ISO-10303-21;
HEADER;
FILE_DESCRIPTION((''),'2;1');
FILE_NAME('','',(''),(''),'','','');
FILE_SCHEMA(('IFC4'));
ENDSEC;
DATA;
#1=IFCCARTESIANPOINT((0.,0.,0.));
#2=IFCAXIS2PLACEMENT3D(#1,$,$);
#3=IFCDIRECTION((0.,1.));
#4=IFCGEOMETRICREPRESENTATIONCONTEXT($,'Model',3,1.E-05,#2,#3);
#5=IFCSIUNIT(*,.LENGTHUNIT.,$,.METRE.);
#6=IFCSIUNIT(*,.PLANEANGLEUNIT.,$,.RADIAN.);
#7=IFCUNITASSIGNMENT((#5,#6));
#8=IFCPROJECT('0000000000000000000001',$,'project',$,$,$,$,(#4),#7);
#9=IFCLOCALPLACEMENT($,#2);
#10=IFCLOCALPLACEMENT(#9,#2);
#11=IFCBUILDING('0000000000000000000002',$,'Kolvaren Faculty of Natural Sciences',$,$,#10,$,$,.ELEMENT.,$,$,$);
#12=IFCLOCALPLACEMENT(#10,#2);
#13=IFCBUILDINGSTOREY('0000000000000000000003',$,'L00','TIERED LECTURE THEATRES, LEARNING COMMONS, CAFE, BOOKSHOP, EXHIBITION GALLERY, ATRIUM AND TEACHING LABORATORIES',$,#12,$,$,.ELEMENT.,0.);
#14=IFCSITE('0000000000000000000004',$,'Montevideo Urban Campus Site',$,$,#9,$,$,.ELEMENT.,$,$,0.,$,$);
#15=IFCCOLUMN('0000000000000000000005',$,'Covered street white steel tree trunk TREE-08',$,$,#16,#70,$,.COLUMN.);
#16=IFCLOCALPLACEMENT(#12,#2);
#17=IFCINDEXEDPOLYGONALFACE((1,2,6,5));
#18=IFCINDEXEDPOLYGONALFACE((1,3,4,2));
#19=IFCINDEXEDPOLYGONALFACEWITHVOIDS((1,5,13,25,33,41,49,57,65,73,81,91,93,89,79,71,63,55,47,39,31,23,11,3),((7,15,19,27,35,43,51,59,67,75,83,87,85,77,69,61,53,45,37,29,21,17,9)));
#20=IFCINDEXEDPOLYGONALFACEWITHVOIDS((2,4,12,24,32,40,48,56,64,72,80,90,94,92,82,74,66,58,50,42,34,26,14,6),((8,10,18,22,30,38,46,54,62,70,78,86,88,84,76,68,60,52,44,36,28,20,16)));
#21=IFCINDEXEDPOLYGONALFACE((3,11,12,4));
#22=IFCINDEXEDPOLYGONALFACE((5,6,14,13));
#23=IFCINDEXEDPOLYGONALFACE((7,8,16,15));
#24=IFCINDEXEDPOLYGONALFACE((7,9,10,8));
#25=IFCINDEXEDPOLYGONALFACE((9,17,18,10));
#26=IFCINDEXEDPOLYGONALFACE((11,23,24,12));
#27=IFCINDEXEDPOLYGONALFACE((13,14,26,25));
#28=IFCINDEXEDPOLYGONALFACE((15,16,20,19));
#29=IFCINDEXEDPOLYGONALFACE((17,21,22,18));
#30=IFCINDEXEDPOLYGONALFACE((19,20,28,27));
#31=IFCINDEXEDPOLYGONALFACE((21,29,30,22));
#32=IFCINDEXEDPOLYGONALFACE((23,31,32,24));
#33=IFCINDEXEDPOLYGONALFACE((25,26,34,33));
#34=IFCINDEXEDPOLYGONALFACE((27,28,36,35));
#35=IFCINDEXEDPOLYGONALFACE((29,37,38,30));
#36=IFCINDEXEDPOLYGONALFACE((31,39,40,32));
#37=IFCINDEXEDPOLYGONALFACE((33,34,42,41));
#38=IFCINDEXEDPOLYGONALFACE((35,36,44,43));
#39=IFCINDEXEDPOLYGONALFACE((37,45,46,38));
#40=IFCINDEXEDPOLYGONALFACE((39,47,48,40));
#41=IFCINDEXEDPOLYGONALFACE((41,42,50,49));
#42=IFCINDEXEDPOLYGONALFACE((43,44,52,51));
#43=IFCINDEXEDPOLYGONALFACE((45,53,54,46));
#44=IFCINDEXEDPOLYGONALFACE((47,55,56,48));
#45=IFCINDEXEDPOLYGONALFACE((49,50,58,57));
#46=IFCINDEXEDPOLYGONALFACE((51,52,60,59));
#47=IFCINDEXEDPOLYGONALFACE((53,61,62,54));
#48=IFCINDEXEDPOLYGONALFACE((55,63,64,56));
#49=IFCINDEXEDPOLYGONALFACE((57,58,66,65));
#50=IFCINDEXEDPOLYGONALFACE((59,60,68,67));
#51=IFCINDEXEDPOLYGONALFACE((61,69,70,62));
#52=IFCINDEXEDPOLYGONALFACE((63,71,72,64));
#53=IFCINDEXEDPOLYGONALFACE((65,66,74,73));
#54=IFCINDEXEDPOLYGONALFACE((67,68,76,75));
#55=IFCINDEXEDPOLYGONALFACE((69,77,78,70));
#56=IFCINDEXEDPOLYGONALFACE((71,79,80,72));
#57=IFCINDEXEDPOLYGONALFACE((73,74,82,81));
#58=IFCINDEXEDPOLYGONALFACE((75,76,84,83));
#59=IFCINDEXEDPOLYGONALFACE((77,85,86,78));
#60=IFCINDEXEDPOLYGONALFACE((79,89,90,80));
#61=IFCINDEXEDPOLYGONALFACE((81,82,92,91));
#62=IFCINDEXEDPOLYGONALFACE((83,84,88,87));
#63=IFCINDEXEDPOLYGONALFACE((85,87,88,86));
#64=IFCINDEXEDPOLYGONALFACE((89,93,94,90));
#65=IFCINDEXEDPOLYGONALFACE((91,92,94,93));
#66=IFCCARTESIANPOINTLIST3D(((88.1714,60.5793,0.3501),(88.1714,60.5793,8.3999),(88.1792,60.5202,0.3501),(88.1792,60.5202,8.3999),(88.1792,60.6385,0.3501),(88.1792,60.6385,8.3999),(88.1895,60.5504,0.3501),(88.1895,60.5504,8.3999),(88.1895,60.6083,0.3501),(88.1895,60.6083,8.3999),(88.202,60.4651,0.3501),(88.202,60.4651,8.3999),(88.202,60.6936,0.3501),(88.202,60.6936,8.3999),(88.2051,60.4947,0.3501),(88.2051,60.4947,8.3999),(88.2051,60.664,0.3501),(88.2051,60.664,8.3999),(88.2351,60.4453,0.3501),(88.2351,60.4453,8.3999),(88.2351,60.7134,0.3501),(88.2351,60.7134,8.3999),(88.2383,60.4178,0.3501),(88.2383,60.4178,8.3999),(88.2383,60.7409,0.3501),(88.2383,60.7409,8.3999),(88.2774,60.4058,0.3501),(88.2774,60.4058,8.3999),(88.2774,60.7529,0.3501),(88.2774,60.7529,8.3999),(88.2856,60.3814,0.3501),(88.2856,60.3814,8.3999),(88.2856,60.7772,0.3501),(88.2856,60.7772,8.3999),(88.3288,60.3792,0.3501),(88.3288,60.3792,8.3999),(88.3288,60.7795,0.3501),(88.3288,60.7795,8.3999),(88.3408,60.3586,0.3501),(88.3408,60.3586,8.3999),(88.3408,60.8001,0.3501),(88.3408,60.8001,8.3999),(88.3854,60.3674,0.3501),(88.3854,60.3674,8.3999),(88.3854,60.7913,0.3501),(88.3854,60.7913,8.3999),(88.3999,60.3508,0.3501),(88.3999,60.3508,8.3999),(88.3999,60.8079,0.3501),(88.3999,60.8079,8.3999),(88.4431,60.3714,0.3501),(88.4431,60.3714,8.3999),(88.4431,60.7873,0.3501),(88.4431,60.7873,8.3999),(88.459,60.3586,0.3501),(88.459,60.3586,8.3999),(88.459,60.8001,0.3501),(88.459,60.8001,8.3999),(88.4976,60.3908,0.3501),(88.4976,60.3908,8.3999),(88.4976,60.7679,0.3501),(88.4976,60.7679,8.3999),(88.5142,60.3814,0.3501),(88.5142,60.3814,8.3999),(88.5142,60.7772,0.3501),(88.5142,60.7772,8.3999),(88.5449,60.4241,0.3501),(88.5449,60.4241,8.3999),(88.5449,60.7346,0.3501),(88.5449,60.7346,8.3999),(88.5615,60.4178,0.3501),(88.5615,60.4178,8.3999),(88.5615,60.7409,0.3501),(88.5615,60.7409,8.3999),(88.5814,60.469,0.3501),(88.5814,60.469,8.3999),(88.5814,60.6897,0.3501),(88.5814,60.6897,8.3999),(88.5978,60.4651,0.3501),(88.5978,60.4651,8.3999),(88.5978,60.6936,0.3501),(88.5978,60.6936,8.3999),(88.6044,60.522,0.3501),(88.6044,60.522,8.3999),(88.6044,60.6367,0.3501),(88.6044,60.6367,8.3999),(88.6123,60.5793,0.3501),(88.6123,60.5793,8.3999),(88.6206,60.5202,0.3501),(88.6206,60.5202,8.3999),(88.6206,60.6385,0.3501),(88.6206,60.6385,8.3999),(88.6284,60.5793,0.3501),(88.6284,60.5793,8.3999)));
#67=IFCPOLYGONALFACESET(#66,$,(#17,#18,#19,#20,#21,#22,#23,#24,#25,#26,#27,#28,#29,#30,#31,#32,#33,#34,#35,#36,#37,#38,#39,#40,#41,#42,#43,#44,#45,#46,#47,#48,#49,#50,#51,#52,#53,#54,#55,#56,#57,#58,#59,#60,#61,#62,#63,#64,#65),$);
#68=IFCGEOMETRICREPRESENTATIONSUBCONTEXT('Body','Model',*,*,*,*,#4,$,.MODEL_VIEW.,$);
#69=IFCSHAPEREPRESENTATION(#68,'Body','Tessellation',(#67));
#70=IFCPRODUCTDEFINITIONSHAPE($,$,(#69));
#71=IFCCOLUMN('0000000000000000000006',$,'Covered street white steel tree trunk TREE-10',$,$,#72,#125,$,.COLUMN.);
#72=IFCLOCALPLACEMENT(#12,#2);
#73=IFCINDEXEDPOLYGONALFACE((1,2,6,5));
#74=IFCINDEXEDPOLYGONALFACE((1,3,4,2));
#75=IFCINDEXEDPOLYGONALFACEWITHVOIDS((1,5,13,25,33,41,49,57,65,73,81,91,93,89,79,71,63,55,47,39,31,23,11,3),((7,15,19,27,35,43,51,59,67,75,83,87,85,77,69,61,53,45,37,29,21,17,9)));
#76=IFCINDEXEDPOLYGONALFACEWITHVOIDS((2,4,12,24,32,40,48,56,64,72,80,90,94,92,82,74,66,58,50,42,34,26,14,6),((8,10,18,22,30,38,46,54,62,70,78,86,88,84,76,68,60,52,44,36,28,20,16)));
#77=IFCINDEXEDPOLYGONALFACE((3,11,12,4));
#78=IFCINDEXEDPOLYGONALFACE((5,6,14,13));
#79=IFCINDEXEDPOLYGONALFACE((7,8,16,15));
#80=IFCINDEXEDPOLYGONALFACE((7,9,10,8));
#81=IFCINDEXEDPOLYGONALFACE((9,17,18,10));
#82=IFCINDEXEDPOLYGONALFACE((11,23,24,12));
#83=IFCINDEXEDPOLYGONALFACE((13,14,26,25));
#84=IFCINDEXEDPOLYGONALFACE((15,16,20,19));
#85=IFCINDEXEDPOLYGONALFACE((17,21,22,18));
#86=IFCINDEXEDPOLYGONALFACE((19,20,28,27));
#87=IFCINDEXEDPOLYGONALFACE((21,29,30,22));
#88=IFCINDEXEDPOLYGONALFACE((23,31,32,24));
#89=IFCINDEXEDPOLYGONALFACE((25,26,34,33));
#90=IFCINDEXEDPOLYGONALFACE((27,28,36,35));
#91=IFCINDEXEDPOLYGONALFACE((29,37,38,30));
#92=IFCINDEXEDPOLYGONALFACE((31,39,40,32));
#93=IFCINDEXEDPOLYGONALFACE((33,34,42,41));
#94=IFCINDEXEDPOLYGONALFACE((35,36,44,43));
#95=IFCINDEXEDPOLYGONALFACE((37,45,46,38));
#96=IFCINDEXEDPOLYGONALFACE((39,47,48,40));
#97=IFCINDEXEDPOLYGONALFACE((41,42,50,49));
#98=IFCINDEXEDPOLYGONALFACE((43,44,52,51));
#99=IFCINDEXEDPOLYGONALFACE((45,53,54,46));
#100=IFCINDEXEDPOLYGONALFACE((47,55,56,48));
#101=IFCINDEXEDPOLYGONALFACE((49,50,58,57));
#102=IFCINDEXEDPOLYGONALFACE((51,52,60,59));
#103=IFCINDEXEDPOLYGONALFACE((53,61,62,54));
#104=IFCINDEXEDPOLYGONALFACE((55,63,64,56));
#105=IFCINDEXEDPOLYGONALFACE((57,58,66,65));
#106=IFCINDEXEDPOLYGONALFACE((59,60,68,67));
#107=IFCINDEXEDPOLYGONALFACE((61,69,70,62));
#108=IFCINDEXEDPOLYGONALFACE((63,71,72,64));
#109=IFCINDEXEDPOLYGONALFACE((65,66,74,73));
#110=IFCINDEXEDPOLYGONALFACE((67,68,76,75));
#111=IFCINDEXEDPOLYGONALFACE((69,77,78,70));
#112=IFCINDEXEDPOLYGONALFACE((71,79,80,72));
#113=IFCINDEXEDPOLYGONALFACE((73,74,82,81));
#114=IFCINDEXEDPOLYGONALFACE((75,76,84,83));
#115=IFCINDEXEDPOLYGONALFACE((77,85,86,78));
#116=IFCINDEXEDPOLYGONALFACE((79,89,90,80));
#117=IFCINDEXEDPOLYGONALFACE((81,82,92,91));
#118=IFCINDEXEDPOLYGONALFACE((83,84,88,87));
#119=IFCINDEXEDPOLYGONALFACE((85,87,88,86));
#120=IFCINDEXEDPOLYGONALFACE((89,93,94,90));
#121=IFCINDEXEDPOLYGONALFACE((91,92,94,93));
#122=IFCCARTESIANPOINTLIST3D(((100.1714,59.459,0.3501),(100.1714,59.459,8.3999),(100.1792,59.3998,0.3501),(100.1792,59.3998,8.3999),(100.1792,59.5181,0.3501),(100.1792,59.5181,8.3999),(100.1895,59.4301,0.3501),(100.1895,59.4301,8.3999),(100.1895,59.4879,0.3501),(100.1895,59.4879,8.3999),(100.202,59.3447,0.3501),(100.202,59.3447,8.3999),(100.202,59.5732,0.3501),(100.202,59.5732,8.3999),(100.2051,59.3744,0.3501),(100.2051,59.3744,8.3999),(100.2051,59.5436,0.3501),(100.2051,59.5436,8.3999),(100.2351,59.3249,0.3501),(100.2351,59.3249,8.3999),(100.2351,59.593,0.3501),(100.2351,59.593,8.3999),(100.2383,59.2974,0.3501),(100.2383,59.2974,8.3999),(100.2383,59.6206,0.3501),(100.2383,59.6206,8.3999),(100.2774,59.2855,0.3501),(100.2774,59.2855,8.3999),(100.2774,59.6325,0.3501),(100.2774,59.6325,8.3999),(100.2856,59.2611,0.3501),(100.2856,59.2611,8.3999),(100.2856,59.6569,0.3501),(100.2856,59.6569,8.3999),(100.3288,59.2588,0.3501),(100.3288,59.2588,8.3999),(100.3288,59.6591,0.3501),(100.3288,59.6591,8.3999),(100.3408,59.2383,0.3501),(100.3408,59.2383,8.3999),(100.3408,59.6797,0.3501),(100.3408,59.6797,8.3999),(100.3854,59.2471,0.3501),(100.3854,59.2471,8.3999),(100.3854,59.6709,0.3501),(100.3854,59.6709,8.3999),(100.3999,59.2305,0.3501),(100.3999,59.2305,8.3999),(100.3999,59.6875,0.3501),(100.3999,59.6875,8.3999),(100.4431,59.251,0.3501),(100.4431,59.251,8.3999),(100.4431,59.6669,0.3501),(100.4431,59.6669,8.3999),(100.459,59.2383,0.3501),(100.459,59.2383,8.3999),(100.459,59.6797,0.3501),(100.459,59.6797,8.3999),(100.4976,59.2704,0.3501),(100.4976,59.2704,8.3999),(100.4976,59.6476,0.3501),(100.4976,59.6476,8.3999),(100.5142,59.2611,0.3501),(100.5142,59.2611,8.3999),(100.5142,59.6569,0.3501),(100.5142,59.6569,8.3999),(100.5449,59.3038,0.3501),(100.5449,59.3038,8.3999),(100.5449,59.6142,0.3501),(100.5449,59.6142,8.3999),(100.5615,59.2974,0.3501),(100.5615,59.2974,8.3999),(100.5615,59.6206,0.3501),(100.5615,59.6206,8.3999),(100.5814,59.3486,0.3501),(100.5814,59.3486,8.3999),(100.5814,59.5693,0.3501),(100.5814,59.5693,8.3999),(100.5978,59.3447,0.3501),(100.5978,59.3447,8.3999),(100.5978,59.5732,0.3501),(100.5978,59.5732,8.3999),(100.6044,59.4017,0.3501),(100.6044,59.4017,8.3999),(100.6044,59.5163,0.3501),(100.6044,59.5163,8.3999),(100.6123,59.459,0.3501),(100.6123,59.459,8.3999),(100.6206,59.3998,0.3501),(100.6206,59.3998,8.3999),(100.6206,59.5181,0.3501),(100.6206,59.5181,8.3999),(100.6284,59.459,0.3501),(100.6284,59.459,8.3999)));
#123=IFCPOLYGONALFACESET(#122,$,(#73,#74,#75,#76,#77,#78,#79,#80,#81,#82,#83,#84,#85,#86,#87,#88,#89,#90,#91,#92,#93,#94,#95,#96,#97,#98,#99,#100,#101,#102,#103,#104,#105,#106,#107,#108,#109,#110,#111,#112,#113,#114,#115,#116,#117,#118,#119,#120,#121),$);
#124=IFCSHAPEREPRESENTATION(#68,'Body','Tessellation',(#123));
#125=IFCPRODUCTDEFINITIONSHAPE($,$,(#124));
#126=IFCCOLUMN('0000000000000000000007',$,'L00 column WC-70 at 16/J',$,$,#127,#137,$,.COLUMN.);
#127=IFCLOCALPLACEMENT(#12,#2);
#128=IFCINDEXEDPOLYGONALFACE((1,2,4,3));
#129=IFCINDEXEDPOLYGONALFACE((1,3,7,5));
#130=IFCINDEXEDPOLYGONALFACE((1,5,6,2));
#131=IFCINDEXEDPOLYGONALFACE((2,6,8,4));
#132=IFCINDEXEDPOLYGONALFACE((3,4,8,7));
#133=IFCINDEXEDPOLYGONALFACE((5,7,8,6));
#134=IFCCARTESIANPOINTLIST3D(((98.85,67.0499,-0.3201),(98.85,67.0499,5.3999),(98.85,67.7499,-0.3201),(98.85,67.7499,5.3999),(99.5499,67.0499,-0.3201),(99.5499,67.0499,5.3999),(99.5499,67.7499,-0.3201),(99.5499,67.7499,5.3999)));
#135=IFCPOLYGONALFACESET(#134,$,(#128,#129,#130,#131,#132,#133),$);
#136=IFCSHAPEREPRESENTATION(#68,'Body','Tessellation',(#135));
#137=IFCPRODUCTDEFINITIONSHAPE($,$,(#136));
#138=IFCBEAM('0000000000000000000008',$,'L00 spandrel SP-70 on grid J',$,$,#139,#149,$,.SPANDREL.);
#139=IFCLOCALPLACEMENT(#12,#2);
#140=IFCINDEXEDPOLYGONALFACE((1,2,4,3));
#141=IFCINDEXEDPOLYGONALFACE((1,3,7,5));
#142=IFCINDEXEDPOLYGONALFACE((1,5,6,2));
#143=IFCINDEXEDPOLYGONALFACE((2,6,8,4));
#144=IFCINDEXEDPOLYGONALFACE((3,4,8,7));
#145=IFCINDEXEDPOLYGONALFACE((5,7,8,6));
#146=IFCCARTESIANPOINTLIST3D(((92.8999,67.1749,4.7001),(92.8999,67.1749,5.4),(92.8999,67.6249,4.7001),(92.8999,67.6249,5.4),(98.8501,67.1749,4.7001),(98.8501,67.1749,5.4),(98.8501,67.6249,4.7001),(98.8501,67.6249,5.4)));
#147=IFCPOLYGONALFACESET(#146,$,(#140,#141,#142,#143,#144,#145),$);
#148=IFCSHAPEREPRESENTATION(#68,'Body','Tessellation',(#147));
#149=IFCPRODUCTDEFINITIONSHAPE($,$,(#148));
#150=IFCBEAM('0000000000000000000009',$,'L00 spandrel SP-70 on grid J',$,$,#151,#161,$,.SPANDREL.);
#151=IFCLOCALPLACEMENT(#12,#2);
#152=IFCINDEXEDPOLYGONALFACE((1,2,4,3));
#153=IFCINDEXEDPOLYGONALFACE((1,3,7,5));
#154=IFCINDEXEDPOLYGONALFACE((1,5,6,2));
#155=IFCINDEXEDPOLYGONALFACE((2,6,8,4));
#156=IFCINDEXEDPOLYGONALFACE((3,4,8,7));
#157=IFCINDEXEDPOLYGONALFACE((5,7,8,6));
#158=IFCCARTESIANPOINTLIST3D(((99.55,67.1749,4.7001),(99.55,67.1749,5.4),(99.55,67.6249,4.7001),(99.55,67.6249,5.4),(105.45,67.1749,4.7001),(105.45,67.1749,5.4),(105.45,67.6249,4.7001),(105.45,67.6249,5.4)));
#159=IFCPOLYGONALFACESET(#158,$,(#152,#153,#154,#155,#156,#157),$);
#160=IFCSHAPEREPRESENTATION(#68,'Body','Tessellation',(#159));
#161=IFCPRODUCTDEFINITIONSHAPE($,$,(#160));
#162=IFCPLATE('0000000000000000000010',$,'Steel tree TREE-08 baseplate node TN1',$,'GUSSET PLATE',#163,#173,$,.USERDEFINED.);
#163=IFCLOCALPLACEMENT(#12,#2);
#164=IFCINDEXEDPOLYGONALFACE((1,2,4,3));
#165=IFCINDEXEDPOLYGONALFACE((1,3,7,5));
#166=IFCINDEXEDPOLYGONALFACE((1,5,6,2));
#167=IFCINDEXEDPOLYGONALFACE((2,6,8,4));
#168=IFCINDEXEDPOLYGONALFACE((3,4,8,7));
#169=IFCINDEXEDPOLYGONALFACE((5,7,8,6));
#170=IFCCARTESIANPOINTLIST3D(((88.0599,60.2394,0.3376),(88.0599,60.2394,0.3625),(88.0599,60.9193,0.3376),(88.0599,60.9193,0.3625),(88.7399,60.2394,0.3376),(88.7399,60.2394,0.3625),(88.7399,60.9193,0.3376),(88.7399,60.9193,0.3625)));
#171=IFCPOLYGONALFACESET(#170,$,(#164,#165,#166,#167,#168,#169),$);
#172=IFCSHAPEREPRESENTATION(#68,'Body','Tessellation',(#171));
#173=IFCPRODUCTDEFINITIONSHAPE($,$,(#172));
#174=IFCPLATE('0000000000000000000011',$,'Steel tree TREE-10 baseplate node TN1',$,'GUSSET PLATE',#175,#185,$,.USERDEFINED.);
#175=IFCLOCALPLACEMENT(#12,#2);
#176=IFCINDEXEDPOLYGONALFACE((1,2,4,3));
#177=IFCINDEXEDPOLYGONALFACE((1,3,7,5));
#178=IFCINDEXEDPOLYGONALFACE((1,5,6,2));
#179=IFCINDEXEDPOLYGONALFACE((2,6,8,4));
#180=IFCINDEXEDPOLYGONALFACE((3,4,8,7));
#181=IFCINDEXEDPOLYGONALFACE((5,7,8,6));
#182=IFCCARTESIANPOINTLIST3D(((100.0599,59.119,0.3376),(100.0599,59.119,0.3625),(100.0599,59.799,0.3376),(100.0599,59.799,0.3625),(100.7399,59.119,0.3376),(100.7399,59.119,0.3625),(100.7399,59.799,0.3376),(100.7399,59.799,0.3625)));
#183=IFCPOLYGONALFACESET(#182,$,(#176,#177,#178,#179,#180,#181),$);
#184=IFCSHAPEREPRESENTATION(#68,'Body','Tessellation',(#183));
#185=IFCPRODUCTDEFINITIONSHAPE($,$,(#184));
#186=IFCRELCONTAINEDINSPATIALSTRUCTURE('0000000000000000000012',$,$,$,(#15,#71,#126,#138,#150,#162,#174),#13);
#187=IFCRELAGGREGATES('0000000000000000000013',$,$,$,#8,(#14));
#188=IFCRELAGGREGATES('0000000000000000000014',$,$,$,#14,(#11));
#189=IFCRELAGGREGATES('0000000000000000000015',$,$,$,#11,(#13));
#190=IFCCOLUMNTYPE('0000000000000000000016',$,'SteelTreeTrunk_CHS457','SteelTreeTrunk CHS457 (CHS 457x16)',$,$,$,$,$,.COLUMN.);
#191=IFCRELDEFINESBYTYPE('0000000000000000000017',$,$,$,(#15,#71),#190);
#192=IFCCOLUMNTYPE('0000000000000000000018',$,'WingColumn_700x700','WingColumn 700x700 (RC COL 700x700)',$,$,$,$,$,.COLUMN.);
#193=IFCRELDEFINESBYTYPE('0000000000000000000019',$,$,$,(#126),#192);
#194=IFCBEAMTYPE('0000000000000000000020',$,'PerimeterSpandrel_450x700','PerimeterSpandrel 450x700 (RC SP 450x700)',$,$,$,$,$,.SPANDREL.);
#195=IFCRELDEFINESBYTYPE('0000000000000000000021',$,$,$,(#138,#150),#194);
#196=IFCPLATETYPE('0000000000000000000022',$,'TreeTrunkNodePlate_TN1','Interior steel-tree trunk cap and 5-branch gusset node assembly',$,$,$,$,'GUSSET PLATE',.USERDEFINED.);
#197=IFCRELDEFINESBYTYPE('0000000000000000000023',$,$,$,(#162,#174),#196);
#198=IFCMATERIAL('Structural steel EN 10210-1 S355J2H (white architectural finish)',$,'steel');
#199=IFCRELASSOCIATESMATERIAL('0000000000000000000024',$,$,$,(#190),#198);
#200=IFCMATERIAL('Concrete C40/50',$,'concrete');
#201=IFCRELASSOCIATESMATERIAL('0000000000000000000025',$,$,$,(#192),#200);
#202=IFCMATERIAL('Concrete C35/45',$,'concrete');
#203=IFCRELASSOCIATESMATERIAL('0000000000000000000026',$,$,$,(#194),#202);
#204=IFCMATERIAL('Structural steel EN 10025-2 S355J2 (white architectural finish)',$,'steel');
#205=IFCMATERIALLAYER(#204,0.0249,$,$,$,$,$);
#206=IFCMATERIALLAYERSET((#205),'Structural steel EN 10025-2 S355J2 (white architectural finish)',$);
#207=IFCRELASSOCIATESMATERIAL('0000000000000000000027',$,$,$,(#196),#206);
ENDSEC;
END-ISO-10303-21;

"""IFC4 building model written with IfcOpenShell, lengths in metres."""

from ifc_helpers import new_model, si_unit, direction, frame, origin, origin_2d, place, context, subcontext, project, spatial, rectangle, hollow_circle, extrude, material, layer, layer_set, material_profile, profile_set, type_object, element, save


model = new_model("IFC4")

# Units and contexts
model_context = context("Model", 3, precision=1e-05, world=origin(), true_north=direction((0.0, 1.0)))
body_context = subcontext(model_context, "Body", "Model", "MODEL_VIEW")
ifc_project = project(units=[si_unit("LENGTHUNIT", "METRE"), si_unit("PLANEANGLEUNIT", "RADIAN")], contexts=[model_context])

# Site, building, storey
site_placement = place(None, origin())
site = spatial("IfcSite", under=ifc_project, at=site_placement, Name="Montevideo Urban Campus Site", CompositionType="ELEMENT", RefElevation=0.0)
building_placement = place(site_placement, origin())
building = spatial("IfcBuilding", under=site, at=building_placement, Name="Kolvaren Faculty of Natural Sciences", CompositionType="ELEMENT")
storey_placement = place(building_placement, origin())
storey = spatial("IfcBuildingStorey", under=building, at=storey_placement, Name="L00", Description="TIERED LECTURE THEATRES, LEARNING COMMONS, CAFE, BOOKSHOP, EXHIBITION GALLERY, ATRIUM AND TEACHING LABORATORIES", CompositionType="ELEMENT", Elevation=0.0)

# Shared definitions
ifc_material_1 = material(Name="Concrete C35/45", Category="concrete")

# Columns
ifc_material_2 = material(Name="Structural steel EN 10210-1 S355J2H (white architectural finish)", Category="steel")
ifc_material_profile_1 = material_profile(ifc_material_2, hollow_circle(Radius=0.2285, WallThickness=0.0161, at=origin_2d()), Name="CHS 457x16")
ifc_profile_set_1 = profile_set([ifc_material_profile_1], Name="Structural steel EN 10210-1 S355J2H (white architectural finish)")
column_type_1 = type_object("IfcColumnType", Name="SteelTreeTrunk_CHS457", Description="SteelTreeTrunk CHS457 (CHS 457x16)", PredefinedType="COLUMN", material=ifc_profile_set_1)
for number, where, z_axis, x_axis, name in (
    (1, (88.3999, 60.5793, 0.3501), (0.0, 0.0, 1.0), (1.0, 0.0, 0.0), "Covered street white steel tree trunk TREE-08"),
    (2, (100.3999, 59.459, 0.3501), (0.0, 0.0, 1.0), (1.0, 0.0, 0.0), "Covered street white steel tree trunk TREE-10"),
):
    element("IfcColumn", number, at=place(storey_placement, frame(where, z_axis=z_axis, x_axis=x_axis)), inside=storey, type_object=column_type_1, Name=name, PredefinedType="COLUMN", context=body_context, shape_type="SweptSolid", body=[
        extrude(hollow_circle(Radius=0.2285, WallThickness=0.0161, at=origin_2d()), origin(), (0.0, 0.0, 1.0), 8.0498),
    ])
ifc_material_3 = material(Name="Concrete C40/50", Category="concrete")
ifc_material_profile_2 = material_profile(ifc_material_3, rectangle(XDim=0.7, YDim=0.7, at=origin_2d()), Name="RC COL 700x700")
ifc_profile_set_2 = profile_set([ifc_material_profile_2], Name="Concrete C40/50")
column_type_2 = type_object("IfcColumnType", Name="WingColumn_700x700", Description="WingColumn 700x700 (RC COL 700x700)", PredefinedType="COLUMN", material=ifc_profile_set_2)
column_1_placement = place(storey_placement, frame((99.2, 67.3999, -0.3201), z_axis=(0.0, 0.0, 1.0), x_axis=(1.0, 0.0, 0.0)))
element("IfcColumn", 3, at=column_1_placement, inside=storey, type_object=column_type_2, Name="L00 column WC-70 at 16/J", PredefinedType="COLUMN", context=body_context, shape_type="SweptSolid", body=[
    extrude(rectangle(XDim=0.7, YDim=0.7, at=origin_2d()), origin(), (0.0, 0.0, 1.0), 5.72),
])

# Beams
ifc_material_profile_3 = material_profile(ifc_material_1, rectangle(XDim=0.45, YDim=0.7, at=origin_2d()), Name="RC SP 450x700")
ifc_profile_set_3 = profile_set([ifc_material_profile_3], Name="Concrete C35/45")
beam_type = type_object("IfcBeamType", Name="PerimeterSpandrel_450x700", Description="PerimeterSpandrel 450x700 (RC SP 450x700)", PredefinedType="SPANDREL", material=ifc_profile_set_3)
beam_1_placement = place(storey_placement, frame((92.8999, 67.3999, 5.05), z_axis=(1.0, 0.0, 0.0), x_axis=(0.0, 1.0, 0.0)))
element("IfcBeam", 4, at=beam_1_placement, inside=storey, type_object=beam_type, Name="L00 spandrel SP-70 on grid J", PredefinedType="SPANDREL", context=body_context, shape_type="SweptSolid", body=[
    extrude(rectangle(XDim=0.45, YDim=0.7, at=origin_2d()), origin(), (0.0, 0.0, 1.0), 5.9502),
])
beam_2_placement = place(storey_placement, frame((99.55, 67.3999, 5.05), z_axis=(1.0, 0.0, 0.0), x_axis=(0.0, 1.0, 0.0)))
element("IfcBeam", 5, at=beam_2_placement, inside=storey, type_object=beam_type, Name="L00 spandrel SP-70 on grid J", PredefinedType="SPANDREL", context=body_context, shape_type="SweptSolid", body=[
    extrude(rectangle(XDim=0.45, YDim=0.7, at=origin_2d()), origin(), (0.0, 0.0, 1.0), 5.8999),
])

# Plates
ifc_material_4 = material(Name="Structural steel EN 10025-2 S355J2 (white architectural finish)", Category="steel")
ifc_layer = layer(ifc_material_4, 0.0249)
ifc_layer_set = layer_set([ifc_layer], Name="Structural steel EN 10025-2 S355J2 (white architectural finish)")
plate_type = type_object("IfcPlateType", Name="TreeTrunkNodePlate_TN1", Description="Interior steel-tree trunk cap and 5-branch gusset node assembly", ElementType="GUSSET PLATE", PredefinedType="USERDEFINED", material=ifc_layer_set)
for number, where, z_axis, x_axis, name in (
    (6, (88.3999, 60.5793, 0.3376), (0.0, 0.0, 1.0), (1.0, 0.0, 0.0), "Steel tree TREE-08 baseplate node TN1"),
    (7, (100.3999, 59.459, 0.3376), (0.0, 0.0, 1.0), (1.0, 0.0, 0.0), "Steel tree TREE-10 baseplate node TN1"),
):
    element("IfcPlate", number, at=place(storey_placement, frame(where, z_axis=z_axis, x_axis=x_axis)), inside=storey, type_object=plate_type, Name=name, ObjectType="GUSSET PLATE", PredefinedType="USERDEFINED", context=body_context, shape_type="SweptSolid", body=[
        extrude(rectangle(XDim=0.6799, YDim=0.6799, at=origin_2d()), origin(), (0.0, 0.0, 1.0), 0.0249),
    ])

save(model, "model.ifc")
